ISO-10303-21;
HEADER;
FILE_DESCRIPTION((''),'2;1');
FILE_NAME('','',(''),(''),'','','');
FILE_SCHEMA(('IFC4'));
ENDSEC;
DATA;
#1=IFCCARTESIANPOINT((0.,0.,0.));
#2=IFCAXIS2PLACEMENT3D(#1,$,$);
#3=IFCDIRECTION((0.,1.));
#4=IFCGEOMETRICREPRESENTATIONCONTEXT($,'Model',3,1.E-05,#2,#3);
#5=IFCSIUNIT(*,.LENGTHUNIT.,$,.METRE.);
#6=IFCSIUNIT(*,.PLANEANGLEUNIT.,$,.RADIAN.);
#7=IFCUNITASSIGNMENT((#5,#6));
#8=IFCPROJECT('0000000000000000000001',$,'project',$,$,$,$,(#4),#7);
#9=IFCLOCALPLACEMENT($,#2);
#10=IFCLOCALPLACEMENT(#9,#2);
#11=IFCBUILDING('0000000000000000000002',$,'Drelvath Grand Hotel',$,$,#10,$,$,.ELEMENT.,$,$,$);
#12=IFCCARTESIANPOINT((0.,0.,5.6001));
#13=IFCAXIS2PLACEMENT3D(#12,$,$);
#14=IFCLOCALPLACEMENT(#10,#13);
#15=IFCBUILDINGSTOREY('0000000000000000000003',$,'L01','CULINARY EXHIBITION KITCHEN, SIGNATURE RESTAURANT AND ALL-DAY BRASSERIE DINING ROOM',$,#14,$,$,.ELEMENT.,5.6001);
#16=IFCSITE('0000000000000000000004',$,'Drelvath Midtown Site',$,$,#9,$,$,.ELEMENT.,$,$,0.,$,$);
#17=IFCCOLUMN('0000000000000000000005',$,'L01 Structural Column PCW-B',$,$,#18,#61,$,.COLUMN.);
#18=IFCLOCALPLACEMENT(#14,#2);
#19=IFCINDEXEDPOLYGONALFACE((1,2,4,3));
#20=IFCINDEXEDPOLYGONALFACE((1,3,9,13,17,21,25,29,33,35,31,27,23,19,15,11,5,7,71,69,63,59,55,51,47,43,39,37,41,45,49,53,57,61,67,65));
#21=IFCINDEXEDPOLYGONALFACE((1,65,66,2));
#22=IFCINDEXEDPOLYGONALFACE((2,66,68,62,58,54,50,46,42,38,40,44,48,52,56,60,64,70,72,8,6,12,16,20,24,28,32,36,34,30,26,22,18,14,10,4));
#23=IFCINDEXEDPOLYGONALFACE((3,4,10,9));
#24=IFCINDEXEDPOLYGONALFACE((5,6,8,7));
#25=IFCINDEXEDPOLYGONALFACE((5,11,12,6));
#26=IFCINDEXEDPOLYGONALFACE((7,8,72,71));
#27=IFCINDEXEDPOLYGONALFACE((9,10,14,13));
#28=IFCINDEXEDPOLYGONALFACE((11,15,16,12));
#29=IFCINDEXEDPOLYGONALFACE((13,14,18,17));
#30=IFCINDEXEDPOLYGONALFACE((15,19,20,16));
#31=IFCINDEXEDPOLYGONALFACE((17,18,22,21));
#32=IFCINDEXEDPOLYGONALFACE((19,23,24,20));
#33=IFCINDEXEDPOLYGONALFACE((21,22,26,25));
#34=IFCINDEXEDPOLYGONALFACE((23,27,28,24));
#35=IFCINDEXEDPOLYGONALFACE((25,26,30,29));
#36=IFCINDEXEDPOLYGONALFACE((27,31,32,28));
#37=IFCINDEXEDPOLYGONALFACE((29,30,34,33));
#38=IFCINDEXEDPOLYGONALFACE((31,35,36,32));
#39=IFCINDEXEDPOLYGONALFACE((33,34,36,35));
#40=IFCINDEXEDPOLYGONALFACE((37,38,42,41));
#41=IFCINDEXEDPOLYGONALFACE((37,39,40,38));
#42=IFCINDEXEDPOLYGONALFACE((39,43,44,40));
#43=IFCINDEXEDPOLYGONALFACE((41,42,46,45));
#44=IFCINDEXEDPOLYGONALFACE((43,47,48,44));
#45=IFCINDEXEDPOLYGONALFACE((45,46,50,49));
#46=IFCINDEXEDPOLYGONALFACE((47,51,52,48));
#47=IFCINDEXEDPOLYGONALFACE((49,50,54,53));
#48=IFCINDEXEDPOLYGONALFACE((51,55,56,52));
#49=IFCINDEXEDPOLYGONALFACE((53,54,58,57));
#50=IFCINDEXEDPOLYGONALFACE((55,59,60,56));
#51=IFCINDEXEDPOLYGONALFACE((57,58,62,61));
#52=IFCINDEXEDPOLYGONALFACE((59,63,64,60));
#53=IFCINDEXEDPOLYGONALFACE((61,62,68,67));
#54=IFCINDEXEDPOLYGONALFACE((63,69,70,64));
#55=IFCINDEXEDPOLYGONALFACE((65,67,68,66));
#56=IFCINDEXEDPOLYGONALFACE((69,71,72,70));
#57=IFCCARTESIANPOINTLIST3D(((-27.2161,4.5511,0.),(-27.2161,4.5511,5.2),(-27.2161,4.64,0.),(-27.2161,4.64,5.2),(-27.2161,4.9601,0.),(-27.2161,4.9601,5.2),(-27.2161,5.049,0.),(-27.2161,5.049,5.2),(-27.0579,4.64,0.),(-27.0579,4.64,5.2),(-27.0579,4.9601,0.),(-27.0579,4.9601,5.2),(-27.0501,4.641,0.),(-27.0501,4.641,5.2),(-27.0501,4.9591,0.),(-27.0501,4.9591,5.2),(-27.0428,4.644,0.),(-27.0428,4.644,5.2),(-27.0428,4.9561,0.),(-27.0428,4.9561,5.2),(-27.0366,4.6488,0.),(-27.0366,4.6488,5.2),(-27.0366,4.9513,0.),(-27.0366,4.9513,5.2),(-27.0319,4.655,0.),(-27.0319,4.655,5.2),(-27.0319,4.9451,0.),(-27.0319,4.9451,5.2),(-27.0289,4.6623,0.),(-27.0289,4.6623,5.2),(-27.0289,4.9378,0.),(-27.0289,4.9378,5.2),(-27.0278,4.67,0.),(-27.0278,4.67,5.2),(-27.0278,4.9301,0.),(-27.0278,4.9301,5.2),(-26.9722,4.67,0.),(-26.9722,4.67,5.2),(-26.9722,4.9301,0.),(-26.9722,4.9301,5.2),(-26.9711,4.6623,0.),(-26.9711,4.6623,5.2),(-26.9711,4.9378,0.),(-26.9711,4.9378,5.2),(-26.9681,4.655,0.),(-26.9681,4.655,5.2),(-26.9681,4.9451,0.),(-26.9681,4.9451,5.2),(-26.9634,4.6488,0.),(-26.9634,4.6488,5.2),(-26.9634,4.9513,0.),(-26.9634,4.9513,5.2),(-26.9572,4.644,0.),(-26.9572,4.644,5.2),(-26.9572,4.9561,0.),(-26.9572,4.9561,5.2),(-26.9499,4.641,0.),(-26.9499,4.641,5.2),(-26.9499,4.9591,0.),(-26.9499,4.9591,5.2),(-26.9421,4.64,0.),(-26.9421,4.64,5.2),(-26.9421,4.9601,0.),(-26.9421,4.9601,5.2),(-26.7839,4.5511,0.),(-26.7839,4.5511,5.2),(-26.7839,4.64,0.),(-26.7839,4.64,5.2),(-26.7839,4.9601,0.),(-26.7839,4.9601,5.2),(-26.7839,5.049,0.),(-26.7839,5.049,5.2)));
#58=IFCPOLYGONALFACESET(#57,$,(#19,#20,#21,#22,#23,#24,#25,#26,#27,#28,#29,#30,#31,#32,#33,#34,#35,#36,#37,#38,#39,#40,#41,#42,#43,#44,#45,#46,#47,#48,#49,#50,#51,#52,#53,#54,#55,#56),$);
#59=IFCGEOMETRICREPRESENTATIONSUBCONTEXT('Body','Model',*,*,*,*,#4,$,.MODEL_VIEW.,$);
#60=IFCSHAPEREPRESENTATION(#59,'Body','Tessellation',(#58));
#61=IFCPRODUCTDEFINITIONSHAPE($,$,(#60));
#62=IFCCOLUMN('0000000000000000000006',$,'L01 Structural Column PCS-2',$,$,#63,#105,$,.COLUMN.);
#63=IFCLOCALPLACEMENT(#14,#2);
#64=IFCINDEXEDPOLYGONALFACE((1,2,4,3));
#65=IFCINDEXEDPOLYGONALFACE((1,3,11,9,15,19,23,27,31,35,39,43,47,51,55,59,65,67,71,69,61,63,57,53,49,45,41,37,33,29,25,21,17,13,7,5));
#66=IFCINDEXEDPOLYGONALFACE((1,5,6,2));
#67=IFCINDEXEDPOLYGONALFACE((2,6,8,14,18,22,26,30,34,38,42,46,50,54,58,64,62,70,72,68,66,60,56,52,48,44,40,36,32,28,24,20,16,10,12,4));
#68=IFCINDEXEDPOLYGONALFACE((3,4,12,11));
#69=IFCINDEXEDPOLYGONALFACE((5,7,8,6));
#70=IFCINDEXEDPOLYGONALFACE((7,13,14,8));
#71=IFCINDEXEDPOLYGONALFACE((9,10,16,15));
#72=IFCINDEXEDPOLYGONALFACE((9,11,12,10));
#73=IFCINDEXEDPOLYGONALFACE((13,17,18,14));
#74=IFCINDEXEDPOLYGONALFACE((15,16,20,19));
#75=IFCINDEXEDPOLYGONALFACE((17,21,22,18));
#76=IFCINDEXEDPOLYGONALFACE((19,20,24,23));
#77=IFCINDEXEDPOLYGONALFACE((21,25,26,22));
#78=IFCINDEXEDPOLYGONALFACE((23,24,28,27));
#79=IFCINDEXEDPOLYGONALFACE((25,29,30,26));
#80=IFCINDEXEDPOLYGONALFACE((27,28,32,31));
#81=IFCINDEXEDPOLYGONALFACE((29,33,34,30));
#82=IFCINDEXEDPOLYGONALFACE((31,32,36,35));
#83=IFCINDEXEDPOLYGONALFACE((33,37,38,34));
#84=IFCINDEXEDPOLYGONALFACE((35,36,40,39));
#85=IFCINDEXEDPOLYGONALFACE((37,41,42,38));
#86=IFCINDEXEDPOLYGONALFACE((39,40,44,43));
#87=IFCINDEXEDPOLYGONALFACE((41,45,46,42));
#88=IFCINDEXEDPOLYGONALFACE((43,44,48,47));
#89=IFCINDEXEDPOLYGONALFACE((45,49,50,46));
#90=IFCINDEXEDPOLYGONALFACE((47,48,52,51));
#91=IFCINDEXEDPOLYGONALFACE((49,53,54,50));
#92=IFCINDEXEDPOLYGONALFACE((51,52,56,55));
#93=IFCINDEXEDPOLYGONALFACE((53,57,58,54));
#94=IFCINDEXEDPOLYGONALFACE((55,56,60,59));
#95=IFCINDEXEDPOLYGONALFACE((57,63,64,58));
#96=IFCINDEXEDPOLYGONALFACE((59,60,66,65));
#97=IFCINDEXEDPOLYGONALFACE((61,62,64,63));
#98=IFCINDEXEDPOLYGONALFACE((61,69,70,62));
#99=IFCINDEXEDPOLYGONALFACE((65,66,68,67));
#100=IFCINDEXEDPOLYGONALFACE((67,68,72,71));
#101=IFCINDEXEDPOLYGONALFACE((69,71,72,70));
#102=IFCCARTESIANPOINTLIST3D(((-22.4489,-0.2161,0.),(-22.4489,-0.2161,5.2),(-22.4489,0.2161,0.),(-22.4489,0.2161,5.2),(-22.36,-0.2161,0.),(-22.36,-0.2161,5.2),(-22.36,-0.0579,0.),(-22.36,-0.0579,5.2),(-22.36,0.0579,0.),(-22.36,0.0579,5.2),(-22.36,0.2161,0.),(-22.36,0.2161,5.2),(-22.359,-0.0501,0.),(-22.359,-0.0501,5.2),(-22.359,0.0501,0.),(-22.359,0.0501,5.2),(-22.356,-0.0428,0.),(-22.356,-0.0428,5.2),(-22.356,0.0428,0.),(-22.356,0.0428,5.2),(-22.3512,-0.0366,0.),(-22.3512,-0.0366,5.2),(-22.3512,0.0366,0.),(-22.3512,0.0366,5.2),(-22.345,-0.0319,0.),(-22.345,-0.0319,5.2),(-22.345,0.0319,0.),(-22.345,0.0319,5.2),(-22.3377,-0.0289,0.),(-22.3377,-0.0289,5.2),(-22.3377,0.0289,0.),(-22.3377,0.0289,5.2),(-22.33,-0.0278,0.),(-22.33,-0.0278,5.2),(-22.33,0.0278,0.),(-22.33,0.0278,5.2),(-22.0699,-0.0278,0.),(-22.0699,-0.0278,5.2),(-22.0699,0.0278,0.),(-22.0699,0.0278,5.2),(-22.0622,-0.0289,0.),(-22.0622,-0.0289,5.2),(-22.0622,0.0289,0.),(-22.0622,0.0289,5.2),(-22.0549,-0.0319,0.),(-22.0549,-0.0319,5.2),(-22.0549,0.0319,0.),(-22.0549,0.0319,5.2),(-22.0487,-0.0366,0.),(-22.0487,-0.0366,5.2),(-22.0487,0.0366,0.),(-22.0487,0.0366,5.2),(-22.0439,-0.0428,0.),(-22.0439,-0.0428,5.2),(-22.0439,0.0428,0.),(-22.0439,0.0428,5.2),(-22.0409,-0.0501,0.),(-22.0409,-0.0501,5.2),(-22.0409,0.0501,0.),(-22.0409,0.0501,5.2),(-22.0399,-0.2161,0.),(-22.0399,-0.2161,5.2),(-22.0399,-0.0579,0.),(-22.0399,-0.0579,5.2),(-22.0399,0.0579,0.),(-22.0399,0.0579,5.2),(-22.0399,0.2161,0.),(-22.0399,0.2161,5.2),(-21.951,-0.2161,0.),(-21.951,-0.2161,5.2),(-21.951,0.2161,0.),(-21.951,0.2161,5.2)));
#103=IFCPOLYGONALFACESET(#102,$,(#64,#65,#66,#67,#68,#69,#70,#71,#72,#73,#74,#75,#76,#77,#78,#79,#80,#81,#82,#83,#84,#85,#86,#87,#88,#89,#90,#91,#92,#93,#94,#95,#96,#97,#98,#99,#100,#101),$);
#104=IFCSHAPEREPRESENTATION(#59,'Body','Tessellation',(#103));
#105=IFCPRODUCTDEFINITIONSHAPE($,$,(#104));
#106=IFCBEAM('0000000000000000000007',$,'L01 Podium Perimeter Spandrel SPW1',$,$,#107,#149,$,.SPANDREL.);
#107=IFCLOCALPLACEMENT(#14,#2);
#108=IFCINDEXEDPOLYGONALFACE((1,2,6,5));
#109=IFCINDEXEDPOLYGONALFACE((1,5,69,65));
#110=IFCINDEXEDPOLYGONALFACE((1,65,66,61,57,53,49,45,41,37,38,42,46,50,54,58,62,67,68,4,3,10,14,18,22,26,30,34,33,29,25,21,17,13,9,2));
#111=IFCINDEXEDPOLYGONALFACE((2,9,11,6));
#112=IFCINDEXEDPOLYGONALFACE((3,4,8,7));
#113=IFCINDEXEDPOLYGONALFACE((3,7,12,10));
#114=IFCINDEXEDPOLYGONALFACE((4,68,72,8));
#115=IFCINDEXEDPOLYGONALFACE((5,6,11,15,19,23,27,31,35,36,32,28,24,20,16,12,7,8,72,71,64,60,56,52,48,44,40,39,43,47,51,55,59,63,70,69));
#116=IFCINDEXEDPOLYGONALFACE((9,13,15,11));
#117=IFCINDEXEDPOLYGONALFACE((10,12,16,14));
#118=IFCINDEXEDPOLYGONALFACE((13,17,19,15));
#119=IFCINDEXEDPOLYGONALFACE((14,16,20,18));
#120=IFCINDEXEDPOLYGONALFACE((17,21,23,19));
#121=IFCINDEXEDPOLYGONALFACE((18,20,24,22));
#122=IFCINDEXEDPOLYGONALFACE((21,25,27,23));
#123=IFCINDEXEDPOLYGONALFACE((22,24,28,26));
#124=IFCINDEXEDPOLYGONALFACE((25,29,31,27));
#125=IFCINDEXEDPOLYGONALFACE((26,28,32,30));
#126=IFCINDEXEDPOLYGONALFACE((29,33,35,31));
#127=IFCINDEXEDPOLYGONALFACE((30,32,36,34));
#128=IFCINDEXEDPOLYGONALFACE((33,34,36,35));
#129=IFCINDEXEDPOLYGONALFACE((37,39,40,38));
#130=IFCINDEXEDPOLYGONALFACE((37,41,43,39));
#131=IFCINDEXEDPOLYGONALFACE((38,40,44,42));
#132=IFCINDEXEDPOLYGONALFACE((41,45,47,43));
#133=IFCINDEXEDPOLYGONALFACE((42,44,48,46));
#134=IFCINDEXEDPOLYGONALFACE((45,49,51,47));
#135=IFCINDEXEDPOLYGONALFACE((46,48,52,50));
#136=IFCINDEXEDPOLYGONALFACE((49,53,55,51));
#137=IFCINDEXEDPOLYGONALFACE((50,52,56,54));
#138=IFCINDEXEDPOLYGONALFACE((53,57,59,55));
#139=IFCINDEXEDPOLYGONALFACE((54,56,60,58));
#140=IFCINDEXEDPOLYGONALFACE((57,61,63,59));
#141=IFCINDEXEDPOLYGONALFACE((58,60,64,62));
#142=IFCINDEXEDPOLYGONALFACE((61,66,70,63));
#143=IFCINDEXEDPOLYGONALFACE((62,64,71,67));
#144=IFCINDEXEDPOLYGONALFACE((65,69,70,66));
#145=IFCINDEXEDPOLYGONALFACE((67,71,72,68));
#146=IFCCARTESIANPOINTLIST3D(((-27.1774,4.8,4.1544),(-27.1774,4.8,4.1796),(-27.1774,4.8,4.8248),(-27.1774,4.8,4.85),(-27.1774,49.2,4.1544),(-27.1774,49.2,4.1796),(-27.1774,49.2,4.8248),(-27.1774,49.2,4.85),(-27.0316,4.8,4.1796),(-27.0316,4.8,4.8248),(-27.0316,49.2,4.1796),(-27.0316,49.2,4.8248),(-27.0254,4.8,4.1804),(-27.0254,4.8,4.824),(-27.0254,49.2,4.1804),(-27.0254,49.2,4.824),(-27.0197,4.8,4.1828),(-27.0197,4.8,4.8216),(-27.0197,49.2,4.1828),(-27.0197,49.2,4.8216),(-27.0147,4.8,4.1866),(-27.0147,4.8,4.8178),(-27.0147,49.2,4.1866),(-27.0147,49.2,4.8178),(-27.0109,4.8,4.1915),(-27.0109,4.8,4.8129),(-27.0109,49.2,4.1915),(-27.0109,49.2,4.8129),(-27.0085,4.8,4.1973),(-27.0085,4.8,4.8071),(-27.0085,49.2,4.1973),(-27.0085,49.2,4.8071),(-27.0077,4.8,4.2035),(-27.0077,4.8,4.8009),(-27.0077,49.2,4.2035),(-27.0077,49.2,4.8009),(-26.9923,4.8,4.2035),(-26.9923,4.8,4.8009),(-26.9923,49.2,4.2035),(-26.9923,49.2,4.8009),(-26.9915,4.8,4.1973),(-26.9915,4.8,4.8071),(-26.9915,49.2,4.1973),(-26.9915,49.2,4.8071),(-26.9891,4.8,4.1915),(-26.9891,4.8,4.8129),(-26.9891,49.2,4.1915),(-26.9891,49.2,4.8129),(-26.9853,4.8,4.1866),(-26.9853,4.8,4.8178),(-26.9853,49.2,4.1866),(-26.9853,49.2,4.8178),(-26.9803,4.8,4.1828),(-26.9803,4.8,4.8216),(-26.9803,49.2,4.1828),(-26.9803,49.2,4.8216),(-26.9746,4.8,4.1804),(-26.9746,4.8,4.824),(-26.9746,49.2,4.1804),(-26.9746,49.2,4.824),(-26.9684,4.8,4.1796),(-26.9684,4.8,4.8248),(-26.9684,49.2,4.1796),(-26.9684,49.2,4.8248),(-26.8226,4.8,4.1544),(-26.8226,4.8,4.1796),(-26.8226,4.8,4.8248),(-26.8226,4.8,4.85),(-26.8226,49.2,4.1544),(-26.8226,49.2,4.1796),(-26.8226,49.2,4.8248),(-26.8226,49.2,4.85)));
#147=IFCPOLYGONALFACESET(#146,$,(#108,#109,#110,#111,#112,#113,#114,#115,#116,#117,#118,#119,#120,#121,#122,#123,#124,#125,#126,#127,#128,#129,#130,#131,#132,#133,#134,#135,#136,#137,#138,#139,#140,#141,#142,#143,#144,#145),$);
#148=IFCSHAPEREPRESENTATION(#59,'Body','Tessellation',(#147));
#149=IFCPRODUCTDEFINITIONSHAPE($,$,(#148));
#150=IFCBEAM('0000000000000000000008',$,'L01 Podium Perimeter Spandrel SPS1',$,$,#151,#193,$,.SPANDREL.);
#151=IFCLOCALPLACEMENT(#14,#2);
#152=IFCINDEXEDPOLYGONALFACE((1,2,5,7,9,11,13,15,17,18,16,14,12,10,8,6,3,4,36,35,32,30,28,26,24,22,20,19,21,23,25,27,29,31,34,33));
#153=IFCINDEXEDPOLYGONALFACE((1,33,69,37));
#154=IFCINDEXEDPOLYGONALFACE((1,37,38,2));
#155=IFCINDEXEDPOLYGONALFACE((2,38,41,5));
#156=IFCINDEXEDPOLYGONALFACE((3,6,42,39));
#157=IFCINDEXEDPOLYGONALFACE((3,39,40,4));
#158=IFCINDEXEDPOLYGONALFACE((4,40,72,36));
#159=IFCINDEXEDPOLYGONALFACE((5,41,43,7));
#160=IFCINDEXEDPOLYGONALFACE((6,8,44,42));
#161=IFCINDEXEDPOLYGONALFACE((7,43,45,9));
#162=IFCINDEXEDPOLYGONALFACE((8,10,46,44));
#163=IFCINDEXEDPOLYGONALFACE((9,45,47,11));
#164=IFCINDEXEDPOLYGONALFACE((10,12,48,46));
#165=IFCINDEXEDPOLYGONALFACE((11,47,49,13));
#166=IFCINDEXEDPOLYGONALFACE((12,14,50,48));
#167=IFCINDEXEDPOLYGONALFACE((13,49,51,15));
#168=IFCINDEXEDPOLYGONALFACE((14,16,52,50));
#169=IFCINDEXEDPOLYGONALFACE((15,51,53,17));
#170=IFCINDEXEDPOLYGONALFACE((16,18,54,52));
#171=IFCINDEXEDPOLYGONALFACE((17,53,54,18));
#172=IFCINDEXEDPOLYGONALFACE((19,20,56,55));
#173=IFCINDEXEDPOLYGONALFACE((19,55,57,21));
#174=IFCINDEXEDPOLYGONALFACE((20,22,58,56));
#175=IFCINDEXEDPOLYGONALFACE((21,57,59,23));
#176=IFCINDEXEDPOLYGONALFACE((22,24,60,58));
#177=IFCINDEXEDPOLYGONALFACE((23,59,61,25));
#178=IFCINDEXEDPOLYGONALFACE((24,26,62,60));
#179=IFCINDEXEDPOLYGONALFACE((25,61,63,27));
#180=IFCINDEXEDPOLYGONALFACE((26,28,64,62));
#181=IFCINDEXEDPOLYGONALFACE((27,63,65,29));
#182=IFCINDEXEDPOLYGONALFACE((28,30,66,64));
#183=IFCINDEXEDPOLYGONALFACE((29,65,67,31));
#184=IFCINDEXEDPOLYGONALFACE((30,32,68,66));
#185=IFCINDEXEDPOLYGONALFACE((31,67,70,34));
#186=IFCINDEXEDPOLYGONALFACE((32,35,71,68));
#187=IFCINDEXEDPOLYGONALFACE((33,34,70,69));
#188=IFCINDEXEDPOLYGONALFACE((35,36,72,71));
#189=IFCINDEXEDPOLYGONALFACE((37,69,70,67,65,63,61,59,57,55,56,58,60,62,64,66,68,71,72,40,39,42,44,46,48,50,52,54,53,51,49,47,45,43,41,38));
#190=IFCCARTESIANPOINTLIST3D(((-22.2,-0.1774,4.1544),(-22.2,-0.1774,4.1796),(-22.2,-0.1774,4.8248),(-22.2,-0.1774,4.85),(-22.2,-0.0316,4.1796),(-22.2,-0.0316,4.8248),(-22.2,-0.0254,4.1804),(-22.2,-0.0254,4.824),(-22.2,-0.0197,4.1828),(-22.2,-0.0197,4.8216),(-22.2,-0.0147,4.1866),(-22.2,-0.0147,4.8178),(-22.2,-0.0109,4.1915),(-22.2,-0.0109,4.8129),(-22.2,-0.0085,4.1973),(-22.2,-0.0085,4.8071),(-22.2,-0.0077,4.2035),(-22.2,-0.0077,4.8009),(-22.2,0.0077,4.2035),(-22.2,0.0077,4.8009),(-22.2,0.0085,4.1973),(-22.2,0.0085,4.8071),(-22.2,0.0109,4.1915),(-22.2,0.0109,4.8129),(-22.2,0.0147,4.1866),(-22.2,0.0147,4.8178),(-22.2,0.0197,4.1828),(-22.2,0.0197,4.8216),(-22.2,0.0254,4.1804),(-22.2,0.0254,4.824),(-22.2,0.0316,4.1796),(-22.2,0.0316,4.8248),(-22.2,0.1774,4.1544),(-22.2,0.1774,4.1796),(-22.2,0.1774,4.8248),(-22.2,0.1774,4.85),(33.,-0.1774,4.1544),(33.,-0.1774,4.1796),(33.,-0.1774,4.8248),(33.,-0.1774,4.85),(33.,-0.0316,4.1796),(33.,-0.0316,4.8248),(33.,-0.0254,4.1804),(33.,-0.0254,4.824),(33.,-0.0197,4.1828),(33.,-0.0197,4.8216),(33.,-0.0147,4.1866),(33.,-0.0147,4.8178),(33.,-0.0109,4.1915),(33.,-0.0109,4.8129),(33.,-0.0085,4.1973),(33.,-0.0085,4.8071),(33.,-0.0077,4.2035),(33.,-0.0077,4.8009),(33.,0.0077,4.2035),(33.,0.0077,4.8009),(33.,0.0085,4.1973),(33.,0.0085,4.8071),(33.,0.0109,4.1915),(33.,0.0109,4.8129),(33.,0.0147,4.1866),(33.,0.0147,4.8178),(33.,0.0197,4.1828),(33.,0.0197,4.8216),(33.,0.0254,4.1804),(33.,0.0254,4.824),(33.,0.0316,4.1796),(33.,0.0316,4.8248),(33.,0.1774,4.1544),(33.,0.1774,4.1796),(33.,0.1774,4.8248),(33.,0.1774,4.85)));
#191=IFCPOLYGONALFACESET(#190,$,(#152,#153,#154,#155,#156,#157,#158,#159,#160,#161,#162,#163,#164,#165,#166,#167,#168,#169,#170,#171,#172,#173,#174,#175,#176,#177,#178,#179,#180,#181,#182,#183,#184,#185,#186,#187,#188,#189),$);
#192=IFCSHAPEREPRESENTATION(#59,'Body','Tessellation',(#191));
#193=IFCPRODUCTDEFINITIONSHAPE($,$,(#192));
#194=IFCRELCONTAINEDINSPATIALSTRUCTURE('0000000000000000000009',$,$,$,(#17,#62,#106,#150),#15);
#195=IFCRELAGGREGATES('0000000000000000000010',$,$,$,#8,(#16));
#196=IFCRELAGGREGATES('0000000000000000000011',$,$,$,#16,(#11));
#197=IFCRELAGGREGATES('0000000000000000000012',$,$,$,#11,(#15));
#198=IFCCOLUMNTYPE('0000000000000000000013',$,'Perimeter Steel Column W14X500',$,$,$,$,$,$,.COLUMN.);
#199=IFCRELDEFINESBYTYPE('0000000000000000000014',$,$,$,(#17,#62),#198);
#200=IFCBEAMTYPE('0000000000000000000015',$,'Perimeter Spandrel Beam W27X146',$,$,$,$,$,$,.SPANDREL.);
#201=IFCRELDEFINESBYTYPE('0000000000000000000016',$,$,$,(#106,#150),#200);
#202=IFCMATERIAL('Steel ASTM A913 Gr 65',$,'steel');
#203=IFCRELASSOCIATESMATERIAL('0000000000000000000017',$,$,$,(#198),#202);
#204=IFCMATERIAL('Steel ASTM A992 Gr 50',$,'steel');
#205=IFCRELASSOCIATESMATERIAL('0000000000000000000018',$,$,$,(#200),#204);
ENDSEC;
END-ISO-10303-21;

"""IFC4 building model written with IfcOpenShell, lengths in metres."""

from ifc_helpers import new_model, si_unit, direction, frame, origin, origin_2d, place, context, subcontext, project, spatial, i_section, extrude, material, material_profile, profile_set, type_object, element, save


model = new_model("IFC4")

# Units and contexts
model_context = context("Model", 3, precision=1e-05, world=origin(), true_north=direction((0.0, 1.0)))
body_context = subcontext(model_context, "Body", "Model", "MODEL_VIEW")
ifc_project = project(units=[si_unit("LENGTHUNIT", "METRE"), si_unit("PLANEANGLEUNIT", "RADIAN")], contexts=[model_context])

# Site, building, storey
site_placement = place(None, origin())
site = spatial("IfcSite", under=ifc_project, at=site_placement, Name="Drelvath Midtown Site", CompositionType="ELEMENT", RefElevation=0.0)
building_placement = place(site_placement, origin())
building = spatial("IfcBuilding", under=site, at=building_placement, Name="Drelvath Grand Hotel", CompositionType="ELEMENT")
storey_placement = place(building_placement, frame((0.0, 0.0, 5.6001)))
storey = spatial("IfcBuildingStorey", under=building, at=storey_placement, Name="L01", Description="CULINARY EXHIBITION KITCHEN, SIGNATURE RESTAURANT AND ALL-DAY BRASSERIE DINING ROOM", CompositionType="ELEMENT", Elevation=5.6001)

# Columns
ifc_material_1 = material(Name="Steel ASTM A913 Gr 65", Category="steel")
ifc_material_profile_1 = material_profile(ifc_material_1, i_section(OverallWidth=0.4321, OverallDepth=0.4978, WebThickness=0.0557, FlangeThickness=0.0889, FilletRadius=0.03, at=origin_2d()), Name="W14X500")
ifc_profile_set_1 = profile_set([ifc_material_profile_1], Name="Steel ASTM A913 Gr 65")
column_type = type_object("IfcColumnType", Name="Perimeter Steel Column W14X500", PredefinedType="COLUMN", material=ifc_profile_set_1)
for number, where, z_axis, x_axis, name in (
    (1, (-27.0, 4.8, 0.0), (0.0, 0.0, 1.0), (1.0, 0.0, 0.0), "L01 Structural Column PCW-B"),
    (2, (-22.2, 0.0, 0.0), (0.0, 0.0, 1.0), (0.0, 1.0, 0.0), "L01 Structural Column PCS-2"),
):
    element("IfcColumn", number, at=place(storey_placement, frame(where, z_axis=z_axis, x_axis=x_axis)), inside=storey, type_object=column_type, Name=name, PredefinedType="COLUMN", context=body_context, shape_type="SweptSolid", body=[
        extrude(i_section(OverallWidth=0.4321, OverallDepth=0.4978, WebThickness=0.0557, FlangeThickness=0.0889, FilletRadius=0.03, at=origin_2d()), origin(), (0.0, 0.0, 1.0), 5.2),
    ])

# Beams
ifc_material_2 = material(Name="Steel ASTM A992 Gr 50", Category="steel")
ifc_material_profile_2 = material_profile(ifc_material_2, i_section(OverallWidth=0.3547, OverallDepth=0.6956, WebThickness=0.0154, FlangeThickness=0.0251, FilletRadius=0.0239, at=origin_2d()), Name="W27X146")
ifc_profile_set_2 = profile_set([ifc_material_profile_2], Name="Steel ASTM A992 Gr 50")
beam_type_1 = type_object("IfcBeamType", Name="Perimeter Spandrel Beam W27X146", PredefinedType="SPANDREL", material=ifc_profile_set_2)
beam_1_placement = place(storey_placement, frame((-27.0, 4.8, 4.5022), z_axis=(0.0, 1.0, 0.0), x_axis=(-1.0, 0.0, 0.0)))
element("IfcBeam", 3, at=beam_1_placement, inside=storey, type_object=beam_type_1, Name="L01 Podium Perimeter Spandrel SPW1", PredefinedType="SPANDREL", context=body_context, shape_type="SweptSolid", body=[
    extrude(i_section(OverallWidth=0.3547, OverallDepth=0.6956, WebThickness=0.0154, FlangeThickness=0.0251, FilletRadius=0.0239, at=origin_2d()), origin(), (0.0, 0.0, 1.0), 44.3999),
])
beam_2_placement = place(storey_placement, frame((-22.2, 0.0, 4.5022), z_axis=(1.0, 0.0, 0.0), x_axis=(0.0, 1.0, 0.0)))
element("IfcBeam", 4, at=beam_2_placement, inside=storey, type_object=beam_type_1, Name="L01 Podium Perimeter Spandrel SPS1", PredefinedType="SPANDREL", context=body_context, shape_type="SweptSolid", body=[
    extrude(i_section(OverallWidth=0.3547, OverallDepth=0.6956, WebThickness=0.0154, FlangeThickness=0.0251, FilletRadius=0.0239, at=origin_2d()), origin(), (0.0, 0.0, 1.0), 55.2),
])

save(model, "model.ifc")
